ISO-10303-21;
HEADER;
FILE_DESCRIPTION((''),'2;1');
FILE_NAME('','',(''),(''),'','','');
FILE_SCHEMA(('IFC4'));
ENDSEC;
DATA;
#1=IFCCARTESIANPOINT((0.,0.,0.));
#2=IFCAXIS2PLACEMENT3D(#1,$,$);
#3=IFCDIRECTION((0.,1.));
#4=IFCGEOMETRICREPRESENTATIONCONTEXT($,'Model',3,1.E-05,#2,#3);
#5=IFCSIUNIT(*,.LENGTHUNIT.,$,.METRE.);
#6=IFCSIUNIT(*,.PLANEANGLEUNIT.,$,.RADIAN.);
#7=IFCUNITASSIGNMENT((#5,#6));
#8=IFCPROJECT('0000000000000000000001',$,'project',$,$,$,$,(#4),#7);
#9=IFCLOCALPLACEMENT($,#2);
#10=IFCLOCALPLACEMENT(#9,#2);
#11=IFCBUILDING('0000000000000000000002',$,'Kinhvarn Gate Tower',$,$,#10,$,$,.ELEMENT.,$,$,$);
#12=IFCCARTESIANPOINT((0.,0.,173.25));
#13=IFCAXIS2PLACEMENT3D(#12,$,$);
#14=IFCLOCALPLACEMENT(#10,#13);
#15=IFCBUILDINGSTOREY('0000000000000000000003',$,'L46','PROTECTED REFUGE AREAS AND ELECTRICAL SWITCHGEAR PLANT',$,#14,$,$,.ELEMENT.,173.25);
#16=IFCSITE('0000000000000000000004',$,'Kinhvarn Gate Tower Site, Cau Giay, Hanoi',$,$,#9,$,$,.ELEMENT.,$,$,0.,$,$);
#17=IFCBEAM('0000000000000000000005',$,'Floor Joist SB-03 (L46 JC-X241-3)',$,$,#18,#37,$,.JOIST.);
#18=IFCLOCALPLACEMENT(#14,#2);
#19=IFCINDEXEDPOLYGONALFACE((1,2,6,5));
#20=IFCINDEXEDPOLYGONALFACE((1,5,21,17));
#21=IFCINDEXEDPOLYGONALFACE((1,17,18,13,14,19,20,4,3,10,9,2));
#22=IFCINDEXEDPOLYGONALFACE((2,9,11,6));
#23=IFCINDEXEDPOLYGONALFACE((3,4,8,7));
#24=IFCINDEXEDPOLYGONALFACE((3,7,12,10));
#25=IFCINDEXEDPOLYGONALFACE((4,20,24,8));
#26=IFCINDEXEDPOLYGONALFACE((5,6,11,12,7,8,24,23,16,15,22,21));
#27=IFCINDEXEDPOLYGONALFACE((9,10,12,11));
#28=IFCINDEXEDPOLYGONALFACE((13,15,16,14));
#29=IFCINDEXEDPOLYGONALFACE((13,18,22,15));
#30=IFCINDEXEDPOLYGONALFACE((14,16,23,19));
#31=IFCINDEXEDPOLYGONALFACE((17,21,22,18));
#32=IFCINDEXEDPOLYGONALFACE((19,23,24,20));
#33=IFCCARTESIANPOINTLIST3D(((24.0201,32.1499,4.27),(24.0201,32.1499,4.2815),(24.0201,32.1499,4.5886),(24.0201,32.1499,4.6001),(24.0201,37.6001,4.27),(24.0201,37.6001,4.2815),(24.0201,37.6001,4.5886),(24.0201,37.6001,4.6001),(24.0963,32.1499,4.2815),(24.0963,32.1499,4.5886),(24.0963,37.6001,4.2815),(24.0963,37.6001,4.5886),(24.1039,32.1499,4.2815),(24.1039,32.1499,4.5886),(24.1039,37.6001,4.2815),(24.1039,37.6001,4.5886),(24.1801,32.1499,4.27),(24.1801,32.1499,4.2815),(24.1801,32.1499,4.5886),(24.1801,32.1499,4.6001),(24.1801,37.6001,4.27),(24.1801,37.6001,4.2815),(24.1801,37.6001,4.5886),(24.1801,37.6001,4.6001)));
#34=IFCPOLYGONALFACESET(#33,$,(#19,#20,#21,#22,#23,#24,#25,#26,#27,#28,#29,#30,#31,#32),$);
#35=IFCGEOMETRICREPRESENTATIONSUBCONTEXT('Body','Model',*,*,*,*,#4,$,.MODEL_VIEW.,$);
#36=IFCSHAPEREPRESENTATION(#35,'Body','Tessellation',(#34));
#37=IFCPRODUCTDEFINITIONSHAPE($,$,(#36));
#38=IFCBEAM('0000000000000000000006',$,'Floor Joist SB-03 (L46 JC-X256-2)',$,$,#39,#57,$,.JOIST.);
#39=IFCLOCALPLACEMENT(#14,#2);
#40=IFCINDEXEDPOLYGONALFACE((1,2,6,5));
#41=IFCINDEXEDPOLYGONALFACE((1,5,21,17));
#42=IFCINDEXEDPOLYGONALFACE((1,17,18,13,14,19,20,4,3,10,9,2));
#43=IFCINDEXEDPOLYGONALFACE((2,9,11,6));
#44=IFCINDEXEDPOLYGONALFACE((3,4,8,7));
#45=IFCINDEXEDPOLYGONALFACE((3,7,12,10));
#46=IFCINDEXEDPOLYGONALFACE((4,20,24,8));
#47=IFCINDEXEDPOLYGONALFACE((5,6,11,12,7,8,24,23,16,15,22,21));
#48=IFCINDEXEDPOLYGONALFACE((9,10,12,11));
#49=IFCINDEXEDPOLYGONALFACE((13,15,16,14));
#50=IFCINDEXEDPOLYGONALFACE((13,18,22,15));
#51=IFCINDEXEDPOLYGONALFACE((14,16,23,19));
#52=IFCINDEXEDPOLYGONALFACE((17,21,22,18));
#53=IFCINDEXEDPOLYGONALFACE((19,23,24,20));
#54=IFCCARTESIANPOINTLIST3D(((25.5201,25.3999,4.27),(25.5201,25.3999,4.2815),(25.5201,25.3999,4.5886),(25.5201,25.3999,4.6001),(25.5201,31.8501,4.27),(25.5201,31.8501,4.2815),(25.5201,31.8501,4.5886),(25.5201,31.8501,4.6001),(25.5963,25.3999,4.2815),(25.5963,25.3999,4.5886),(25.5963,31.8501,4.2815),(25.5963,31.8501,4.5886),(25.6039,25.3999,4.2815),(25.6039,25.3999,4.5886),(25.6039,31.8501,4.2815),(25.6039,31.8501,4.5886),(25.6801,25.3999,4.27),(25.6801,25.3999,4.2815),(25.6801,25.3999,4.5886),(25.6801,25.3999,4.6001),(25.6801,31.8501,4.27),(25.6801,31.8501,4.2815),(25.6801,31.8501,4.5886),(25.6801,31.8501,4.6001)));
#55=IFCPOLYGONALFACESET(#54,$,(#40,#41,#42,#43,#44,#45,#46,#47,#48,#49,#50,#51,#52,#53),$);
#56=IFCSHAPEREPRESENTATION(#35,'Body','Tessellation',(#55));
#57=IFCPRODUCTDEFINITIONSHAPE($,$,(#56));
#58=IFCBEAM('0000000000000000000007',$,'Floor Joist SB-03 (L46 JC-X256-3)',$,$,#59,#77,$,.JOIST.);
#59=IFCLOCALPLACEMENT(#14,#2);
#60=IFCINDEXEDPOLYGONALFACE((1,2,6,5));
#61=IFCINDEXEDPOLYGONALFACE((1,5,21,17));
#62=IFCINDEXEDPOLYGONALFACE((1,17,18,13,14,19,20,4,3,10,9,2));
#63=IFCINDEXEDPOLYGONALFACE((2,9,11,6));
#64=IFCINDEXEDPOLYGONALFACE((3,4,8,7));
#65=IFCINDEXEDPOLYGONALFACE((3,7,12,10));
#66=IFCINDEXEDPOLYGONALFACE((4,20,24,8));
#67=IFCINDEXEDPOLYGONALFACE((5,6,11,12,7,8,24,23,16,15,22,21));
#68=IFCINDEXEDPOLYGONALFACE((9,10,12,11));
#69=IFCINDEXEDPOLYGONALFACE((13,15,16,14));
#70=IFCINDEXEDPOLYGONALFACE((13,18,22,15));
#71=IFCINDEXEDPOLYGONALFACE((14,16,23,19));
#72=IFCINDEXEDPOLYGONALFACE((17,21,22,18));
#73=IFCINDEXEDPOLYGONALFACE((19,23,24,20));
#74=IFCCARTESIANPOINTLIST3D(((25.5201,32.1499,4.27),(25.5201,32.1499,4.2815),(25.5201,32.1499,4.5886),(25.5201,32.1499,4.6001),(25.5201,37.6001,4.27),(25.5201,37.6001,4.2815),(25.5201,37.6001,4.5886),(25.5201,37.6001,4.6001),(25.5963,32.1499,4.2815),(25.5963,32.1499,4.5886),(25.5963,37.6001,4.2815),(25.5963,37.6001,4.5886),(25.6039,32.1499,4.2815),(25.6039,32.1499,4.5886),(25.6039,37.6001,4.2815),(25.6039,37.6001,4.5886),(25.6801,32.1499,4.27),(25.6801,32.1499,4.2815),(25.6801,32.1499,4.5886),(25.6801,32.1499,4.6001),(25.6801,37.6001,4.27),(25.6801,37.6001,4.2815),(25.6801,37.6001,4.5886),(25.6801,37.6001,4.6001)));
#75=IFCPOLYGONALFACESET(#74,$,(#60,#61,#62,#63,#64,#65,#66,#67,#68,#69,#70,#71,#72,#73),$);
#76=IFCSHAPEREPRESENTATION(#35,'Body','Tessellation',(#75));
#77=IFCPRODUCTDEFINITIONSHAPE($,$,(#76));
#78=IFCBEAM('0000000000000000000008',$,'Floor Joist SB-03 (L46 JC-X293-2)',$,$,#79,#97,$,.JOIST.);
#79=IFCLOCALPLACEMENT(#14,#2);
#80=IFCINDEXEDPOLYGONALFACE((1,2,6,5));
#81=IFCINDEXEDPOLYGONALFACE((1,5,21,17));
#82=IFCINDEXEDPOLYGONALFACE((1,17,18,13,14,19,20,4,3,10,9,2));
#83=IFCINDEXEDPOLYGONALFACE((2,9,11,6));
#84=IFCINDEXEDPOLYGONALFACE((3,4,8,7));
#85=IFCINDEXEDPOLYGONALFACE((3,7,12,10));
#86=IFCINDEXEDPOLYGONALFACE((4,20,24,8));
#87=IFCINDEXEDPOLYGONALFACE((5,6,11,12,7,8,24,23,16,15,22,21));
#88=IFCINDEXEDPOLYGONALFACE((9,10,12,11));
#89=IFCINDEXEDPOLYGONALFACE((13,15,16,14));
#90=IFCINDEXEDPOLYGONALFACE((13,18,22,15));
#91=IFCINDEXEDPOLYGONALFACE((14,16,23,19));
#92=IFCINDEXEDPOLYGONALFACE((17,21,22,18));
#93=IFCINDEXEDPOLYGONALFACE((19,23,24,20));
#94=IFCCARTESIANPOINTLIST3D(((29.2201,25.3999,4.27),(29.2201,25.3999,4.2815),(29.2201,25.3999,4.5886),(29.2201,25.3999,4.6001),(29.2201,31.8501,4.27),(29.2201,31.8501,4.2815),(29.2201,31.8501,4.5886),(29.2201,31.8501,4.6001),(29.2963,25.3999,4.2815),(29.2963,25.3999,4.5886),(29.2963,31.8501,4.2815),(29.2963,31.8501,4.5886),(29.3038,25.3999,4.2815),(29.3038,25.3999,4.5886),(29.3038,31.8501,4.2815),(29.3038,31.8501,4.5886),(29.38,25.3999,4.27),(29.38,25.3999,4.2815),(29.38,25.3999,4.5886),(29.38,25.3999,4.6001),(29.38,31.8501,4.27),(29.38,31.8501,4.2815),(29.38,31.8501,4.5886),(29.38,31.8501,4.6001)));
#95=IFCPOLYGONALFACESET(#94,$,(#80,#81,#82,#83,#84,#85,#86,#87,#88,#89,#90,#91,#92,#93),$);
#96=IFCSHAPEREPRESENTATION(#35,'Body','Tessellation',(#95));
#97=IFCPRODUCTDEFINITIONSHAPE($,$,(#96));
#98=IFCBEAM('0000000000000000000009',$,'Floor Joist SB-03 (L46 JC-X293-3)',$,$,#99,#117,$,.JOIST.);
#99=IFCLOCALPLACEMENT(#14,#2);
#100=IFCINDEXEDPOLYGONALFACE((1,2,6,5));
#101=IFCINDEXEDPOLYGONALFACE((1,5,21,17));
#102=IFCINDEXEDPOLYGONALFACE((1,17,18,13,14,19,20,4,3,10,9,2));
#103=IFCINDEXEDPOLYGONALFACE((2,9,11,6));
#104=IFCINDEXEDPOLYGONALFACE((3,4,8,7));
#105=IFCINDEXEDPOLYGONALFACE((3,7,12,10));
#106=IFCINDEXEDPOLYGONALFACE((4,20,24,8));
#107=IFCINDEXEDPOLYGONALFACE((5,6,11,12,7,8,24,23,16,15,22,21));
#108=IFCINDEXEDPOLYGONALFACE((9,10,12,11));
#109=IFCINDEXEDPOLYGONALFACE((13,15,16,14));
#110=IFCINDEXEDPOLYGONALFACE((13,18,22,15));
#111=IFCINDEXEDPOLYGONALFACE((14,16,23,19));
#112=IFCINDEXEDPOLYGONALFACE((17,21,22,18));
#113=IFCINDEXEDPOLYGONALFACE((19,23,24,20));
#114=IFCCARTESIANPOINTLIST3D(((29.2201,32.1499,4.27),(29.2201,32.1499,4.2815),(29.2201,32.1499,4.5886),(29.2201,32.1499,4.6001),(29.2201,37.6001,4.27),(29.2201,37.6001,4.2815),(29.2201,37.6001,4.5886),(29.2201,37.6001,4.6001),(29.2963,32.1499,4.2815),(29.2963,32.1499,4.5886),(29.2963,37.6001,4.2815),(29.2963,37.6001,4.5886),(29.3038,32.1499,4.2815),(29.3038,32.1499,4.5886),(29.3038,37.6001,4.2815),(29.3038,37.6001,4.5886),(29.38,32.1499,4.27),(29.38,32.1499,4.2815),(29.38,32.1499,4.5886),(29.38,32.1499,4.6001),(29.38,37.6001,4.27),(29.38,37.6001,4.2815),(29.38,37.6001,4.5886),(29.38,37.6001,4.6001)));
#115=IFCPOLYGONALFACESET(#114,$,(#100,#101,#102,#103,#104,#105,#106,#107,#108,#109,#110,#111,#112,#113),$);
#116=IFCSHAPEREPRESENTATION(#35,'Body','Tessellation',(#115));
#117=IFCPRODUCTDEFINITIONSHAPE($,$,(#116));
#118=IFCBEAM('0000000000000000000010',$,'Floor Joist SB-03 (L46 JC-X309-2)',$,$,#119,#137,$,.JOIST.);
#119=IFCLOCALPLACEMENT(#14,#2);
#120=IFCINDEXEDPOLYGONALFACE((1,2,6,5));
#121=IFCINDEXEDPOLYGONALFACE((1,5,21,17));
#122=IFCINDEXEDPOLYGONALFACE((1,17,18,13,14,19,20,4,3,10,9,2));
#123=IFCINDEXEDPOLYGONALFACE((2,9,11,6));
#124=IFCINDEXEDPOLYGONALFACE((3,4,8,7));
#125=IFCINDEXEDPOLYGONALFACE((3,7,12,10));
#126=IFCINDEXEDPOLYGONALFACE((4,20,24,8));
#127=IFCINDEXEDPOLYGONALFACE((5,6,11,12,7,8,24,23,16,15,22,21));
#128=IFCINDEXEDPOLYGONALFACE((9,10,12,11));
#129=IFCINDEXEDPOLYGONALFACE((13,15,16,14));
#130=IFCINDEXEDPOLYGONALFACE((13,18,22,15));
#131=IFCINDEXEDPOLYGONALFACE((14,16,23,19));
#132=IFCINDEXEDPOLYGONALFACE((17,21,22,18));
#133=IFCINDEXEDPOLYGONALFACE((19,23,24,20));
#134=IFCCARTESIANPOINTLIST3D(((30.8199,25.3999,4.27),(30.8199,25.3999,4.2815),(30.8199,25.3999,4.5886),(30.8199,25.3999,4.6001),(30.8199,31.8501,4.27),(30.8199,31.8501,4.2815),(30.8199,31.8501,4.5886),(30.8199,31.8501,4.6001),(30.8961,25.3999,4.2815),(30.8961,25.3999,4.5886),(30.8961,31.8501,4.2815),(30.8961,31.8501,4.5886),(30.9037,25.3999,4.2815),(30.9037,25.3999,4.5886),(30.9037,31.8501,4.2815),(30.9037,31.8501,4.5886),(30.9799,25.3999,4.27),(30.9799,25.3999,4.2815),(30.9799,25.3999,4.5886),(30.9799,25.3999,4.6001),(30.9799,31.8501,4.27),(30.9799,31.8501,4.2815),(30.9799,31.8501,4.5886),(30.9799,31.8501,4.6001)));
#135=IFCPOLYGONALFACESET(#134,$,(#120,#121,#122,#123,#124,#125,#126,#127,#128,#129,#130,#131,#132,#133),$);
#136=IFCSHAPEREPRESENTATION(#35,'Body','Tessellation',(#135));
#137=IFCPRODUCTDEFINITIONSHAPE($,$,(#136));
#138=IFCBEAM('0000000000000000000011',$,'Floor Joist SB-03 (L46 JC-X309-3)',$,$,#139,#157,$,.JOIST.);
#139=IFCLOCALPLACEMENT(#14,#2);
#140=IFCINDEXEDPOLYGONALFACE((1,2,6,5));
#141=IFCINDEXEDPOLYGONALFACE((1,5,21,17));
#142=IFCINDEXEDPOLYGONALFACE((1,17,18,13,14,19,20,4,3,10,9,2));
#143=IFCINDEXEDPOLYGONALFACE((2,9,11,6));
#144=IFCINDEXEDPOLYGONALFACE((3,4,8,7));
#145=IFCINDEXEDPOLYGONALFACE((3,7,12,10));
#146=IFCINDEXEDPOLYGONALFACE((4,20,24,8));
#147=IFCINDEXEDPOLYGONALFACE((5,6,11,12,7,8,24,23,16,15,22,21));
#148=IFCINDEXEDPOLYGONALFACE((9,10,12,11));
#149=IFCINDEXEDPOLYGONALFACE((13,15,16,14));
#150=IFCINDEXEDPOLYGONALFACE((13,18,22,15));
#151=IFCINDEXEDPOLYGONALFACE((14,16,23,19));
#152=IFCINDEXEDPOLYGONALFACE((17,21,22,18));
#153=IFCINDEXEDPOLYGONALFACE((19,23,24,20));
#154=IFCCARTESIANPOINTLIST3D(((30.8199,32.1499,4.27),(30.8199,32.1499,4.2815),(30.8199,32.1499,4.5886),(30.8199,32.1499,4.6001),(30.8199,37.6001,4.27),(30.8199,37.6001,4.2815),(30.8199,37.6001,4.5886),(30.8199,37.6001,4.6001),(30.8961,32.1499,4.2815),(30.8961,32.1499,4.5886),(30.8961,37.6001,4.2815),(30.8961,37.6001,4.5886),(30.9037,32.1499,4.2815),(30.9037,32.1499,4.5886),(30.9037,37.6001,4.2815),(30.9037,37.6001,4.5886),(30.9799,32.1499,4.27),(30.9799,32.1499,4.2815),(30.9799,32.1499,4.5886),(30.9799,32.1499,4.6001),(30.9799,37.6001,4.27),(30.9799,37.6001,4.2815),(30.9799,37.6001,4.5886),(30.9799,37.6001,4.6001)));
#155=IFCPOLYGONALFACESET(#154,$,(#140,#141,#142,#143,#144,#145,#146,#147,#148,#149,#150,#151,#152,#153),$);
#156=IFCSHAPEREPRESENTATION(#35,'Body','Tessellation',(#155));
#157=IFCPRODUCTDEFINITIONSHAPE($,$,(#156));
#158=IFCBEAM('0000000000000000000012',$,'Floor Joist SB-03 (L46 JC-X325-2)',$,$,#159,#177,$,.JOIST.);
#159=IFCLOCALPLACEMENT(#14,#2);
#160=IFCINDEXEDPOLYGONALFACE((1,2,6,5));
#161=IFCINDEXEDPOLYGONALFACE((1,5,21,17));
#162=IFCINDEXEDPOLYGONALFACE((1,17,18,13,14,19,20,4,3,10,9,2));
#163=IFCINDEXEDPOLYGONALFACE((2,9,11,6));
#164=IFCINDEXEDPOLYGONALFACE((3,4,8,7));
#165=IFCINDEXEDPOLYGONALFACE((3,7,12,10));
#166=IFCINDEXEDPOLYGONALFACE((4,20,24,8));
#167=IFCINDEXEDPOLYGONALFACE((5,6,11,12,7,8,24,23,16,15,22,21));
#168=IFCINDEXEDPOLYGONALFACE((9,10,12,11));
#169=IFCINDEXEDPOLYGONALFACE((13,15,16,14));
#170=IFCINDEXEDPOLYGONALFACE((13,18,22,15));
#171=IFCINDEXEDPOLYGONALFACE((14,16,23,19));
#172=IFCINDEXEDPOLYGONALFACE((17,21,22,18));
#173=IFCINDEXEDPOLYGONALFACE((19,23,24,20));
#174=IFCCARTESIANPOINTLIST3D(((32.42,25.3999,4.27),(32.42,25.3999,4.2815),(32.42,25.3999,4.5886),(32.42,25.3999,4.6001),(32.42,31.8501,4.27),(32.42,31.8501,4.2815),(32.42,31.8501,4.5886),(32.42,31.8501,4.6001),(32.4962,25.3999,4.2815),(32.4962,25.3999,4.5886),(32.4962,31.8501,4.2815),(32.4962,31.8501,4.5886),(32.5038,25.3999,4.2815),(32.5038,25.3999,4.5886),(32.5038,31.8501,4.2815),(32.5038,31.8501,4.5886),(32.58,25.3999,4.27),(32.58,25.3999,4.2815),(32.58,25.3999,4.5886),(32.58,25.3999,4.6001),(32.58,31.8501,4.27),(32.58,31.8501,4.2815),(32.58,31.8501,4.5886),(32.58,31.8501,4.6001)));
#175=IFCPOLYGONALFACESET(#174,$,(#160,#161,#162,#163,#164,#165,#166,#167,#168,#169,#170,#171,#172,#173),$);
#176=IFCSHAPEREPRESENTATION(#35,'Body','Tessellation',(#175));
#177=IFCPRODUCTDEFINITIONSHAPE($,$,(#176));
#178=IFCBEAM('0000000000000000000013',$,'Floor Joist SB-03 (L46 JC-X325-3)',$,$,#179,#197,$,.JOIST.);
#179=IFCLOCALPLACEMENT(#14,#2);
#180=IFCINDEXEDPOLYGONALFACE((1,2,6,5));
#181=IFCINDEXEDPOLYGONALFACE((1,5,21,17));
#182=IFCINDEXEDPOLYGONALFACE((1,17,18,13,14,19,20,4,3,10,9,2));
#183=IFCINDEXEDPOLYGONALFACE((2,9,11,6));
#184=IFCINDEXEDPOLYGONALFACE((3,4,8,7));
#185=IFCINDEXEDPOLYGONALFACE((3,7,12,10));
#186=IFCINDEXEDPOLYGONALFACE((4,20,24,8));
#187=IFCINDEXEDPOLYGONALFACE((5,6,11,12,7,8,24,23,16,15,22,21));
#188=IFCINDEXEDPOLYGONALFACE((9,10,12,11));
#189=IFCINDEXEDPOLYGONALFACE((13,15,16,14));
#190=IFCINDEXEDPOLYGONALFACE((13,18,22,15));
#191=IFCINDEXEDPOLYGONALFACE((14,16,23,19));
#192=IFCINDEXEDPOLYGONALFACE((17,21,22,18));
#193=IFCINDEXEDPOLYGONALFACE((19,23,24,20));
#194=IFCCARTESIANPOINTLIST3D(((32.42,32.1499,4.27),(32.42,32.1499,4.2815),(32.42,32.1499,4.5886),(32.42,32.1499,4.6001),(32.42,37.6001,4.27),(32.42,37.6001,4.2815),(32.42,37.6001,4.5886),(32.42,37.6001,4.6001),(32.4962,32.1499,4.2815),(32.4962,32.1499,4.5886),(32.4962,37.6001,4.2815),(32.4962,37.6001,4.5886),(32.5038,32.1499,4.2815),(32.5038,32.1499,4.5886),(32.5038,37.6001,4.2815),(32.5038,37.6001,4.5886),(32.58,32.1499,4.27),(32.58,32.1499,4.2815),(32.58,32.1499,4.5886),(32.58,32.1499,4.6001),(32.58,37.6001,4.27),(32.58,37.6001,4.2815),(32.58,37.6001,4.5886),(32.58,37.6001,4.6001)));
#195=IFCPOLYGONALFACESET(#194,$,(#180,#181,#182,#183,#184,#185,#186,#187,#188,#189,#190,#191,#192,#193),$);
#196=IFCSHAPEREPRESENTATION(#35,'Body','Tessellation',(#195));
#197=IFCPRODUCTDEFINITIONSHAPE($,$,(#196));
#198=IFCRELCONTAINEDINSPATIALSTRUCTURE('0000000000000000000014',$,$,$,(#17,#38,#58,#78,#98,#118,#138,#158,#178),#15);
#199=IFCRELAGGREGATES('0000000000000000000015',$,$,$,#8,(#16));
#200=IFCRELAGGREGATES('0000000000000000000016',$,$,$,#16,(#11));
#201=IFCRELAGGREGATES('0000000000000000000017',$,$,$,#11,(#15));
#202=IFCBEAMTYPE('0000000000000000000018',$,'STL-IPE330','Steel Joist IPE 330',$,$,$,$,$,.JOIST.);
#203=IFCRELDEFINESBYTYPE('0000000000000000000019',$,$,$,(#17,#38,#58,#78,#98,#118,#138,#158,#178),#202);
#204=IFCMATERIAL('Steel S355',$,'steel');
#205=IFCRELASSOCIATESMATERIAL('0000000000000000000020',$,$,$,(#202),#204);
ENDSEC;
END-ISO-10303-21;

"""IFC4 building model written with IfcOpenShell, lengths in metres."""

from ifc_helpers import new_model, si_unit, direction, frame, origin, origin_2d, place, context, subcontext, project, spatial, i_section, extrude, material, material_profile, profile_set, type_object, element, save


model = new_model("IFC4")

# Units and contexts
model_context = context("Model", 3, precision=1e-05, world=origin(), true_north=direction((0.0, 1.0)))
body_context = subcontext(model_context, "Body", "Model", "MODEL_VIEW")
ifc_project = project(units=[si_unit("LENGTHUNIT", "METRE"), si_unit("PLANEANGLEUNIT", "RADIAN")], contexts=[model_context])

# Site, building, storey
site_placement = place(None, origin())
site = spatial("IfcSite", under=ifc_project, at=site_placement, Name="Kinhvarn Gate Tower Site, Cau Giay, Hanoi", CompositionType="ELEMENT", RefElevation=0.0)
building_placement = place(site_placement, origin())
building = spatial("IfcBuilding", under=site, at=building_placement, Name="Kinhvarn Gate Tower", CompositionType="ELEMENT")
storey_placement = place(building_placement, frame((0.0, 0.0, 173.25)))
storey = spatial("IfcBuildingStorey", under=building, at=storey_placement, Name="L46", Description="PROTECTED REFUGE AREAS AND ELECTRICAL SWITCHGEAR PLANT", CompositionType="ELEMENT", Elevation=173.25)

# Shared definitions
ifc_material_1 = material(Name="Steel S355", Category="steel")

# Beams
ifc_material_profile_1 = material_profile(ifc_material_1, i_section(OverallWidth=0.1599, OverallDepth=0.3301, WebThickness=0.0076, FlangeThickness=0.0115, at=origin_2d()), Name="IPE 330")
ifc_profile_set_1 = profile_set([ifc_material_profile_1], Name="Steel S355")
beam_type_1 = type_object("IfcBeamType", Name="STL-IPE330", Description="Steel Joist IPE 330", PredefinedType="JOIST", material=ifc_profile_set_1)
beam_1_placement = place(storey_placement, frame((24.1001, 32.1499, 4.4351), z_axis=(0.0, 1.0, 0.0), x_axis=(-1.0, 0.0, 0.0)))
element("IfcBeam", 1, at=beam_1_placement, inside=storey, type_object=beam_type_1, Name="Floor Joist SB-03 (L46 JC-X241-3)", PredefinedType="JOIST", context=body_context, shape_type="SweptSolid", body=[
    extrude(i_section(OverallWidth=0.1599, OverallDepth=0.3301, WebThickness=0.0076, FlangeThickness=0.0115, at=origin_2d()), origin(), (0.0, 0.0, 1.0), 5.4502),
])
beam_2_placement = place(storey_placement, frame((25.6001, 25.3999, 4.4351), z_axis=(0.0, 1.0, 0.0), x_axis=(-1.0, 0.0, 0.0)))
element("IfcBeam", 2, at=beam_2_placement, inside=storey, type_object=beam_type_1, Name="Floor Joist SB-03 (L46 JC-X256-2)", PredefinedType="JOIST", context=body_context, shape_type="SweptSolid", body=[
    extrude(i_section(OverallWidth=0.1599, OverallDepth=0.3301, WebThickness=0.0076, FlangeThickness=0.0115, at=origin_2d()), origin(), (0.0, 0.0, 1.0), 6.4502),
])
beam_3_placement = place(storey_placement, frame((25.6001, 32.1499, 4.4351), z_axis=(0.0, 1.0, 0.0), x_axis=(-1.0, 0.0, 0.0)))
element("IfcBeam", 3, at=beam_3_placement, inside=storey, type_object=beam_type_1, Name="Floor Joist SB-03 (L46 JC-X256-3)", PredefinedType="JOIST", context=body_context, shape_type="SweptSolid", body=[
    extrude(i_section(OverallWidth=0.1599, OverallDepth=0.3301, WebThickness=0.0076, FlangeThickness=0.0115, at=origin_2d()), origin(), (0.0, 0.0, 1.0), 5.4502),
])
beam_4_placement = place(storey_placement, frame((29.3, 25.3999, 4.4351), z_axis=(0.0, 1.0, 0.0), x_axis=(-1.0, 0.0, 0.0)))
element("IfcBeam", 4, at=beam_4_placement, inside=storey, type_object=beam_type_1, Name="Floor Joist SB-03 (L46 JC-X293-2)", PredefinedType="JOIST", context=body_context, shape_type="SweptSolid", body=[
    extrude(i_section(OverallWidth=0.1599, OverallDepth=0.3301, WebThickness=0.0076, FlangeThickness=0.0115, at=origin_2d()), origin(), (0.0, 0.0, 1.0), 6.4502),
])
beam_5_placement = place(storey_placement, frame((29.3, 32.1499, 4.4351), z_axis=(0.0, 1.0, 0.0), x_axis=(-1.0, 0.0, 0.0)))
element("IfcBeam", 5, at=beam_5_placement, inside=storey, type_object=beam_type_1, Name="Floor Joist SB-03 (L46 JC-X293-3)", PredefinedType="JOIST", context=body_context, shape_type="SweptSolid", body=[
    extrude(i_section(OverallWidth=0.1599, OverallDepth=0.3301, WebThickness=0.0076, FlangeThickness=0.0115, at=origin_2d()), origin(), (0.0, 0.0, 1.0), 5.4502),
])
beam_6_placement = place(storey_placement, frame((30.8999, 25.3999, 4.4351), z_axis=(0.0, 1.0, 0.0), x_axis=(-1.0, 0.0, 0.0)))
element("IfcBeam", 6, at=beam_6_placement, inside=storey, type_object=beam_type_1, Name="Floor Joist SB-03 (L46 JC-X309-2)", PredefinedType="JOIST", context=body_context, shape_type="SweptSolid", body=[
    extrude(i_section(OverallWidth=0.1599, OverallDepth=0.3301, WebThickness=0.0076, FlangeThickness=0.0115, at=origin_2d()), origin(), (0.0, 0.0, 1.0), 6.4502),
])
beam_7_placement = place(storey_placement, frame((30.8999, 32.1499, 4.4351), z_axis=(0.0, 1.0, 0.0), x_axis=(-1.0, 0.0, 0.0)))
element("IfcBeam", 7, at=beam_7_placement, inside=storey, type_object=beam_type_1, Name="Floor Joist SB-03 (L46 JC-X309-3)", PredefinedType="JOIST", context=body_context, shape_type="SweptSolid", body=[
    extrude(i_section(OverallWidth=0.1599, OverallDepth=0.3301, WebThickness=0.0076, FlangeThickness=0.0115, at=origin_2d()), origin(), (0.0, 0.0, 1.0), 5.4502),
])
beam_8_placement = place(storey_placement, frame((32.5, 25.3999, 4.4351), z_axis=(0.0, 1.0, 0.0), x_axis=(-1.0, 0.0, 0.0)))
element("IfcBeam", 8, at=beam_8_placement, inside=storey, type_object=beam_type_1, Name="Floor Joist SB-03 (L46 JC-X325-2)", PredefinedType="JOIST", context=body_context, shape_type="SweptSolid", body=[
    extrude(i_section(OverallWidth=0.1599, OverallDepth=0.3301, WebThickness=0.0076, FlangeThickness=0.0115, at=origin_2d()), origin(), (0.0, 0.0, 1.0), 6.4502),
])
beam_9_placement = place(storey_placement, frame((32.5, 32.1499, 4.4351), z_axis=(0.0, 1.0, 0.0), x_axis=(-1.0, 0.0, 0.0)))
element("IfcBeam", 9, at=beam_9_placement, inside=storey, type_object=beam_type_1, Name="Floor Joist SB-03 (L46 JC-X325-3)", PredefinedType="JOIST", context=body_context, shape_type="SweptSolid", body=[
    extrude(i_section(OverallWidth=0.1599, OverallDepth=0.3301, WebThickness=0.0076, FlangeThickness=0.0115, at=origin_2d()), origin(), (0.0, 0.0, 1.0), 5.4502),
])

save(model, "model.ifc")
